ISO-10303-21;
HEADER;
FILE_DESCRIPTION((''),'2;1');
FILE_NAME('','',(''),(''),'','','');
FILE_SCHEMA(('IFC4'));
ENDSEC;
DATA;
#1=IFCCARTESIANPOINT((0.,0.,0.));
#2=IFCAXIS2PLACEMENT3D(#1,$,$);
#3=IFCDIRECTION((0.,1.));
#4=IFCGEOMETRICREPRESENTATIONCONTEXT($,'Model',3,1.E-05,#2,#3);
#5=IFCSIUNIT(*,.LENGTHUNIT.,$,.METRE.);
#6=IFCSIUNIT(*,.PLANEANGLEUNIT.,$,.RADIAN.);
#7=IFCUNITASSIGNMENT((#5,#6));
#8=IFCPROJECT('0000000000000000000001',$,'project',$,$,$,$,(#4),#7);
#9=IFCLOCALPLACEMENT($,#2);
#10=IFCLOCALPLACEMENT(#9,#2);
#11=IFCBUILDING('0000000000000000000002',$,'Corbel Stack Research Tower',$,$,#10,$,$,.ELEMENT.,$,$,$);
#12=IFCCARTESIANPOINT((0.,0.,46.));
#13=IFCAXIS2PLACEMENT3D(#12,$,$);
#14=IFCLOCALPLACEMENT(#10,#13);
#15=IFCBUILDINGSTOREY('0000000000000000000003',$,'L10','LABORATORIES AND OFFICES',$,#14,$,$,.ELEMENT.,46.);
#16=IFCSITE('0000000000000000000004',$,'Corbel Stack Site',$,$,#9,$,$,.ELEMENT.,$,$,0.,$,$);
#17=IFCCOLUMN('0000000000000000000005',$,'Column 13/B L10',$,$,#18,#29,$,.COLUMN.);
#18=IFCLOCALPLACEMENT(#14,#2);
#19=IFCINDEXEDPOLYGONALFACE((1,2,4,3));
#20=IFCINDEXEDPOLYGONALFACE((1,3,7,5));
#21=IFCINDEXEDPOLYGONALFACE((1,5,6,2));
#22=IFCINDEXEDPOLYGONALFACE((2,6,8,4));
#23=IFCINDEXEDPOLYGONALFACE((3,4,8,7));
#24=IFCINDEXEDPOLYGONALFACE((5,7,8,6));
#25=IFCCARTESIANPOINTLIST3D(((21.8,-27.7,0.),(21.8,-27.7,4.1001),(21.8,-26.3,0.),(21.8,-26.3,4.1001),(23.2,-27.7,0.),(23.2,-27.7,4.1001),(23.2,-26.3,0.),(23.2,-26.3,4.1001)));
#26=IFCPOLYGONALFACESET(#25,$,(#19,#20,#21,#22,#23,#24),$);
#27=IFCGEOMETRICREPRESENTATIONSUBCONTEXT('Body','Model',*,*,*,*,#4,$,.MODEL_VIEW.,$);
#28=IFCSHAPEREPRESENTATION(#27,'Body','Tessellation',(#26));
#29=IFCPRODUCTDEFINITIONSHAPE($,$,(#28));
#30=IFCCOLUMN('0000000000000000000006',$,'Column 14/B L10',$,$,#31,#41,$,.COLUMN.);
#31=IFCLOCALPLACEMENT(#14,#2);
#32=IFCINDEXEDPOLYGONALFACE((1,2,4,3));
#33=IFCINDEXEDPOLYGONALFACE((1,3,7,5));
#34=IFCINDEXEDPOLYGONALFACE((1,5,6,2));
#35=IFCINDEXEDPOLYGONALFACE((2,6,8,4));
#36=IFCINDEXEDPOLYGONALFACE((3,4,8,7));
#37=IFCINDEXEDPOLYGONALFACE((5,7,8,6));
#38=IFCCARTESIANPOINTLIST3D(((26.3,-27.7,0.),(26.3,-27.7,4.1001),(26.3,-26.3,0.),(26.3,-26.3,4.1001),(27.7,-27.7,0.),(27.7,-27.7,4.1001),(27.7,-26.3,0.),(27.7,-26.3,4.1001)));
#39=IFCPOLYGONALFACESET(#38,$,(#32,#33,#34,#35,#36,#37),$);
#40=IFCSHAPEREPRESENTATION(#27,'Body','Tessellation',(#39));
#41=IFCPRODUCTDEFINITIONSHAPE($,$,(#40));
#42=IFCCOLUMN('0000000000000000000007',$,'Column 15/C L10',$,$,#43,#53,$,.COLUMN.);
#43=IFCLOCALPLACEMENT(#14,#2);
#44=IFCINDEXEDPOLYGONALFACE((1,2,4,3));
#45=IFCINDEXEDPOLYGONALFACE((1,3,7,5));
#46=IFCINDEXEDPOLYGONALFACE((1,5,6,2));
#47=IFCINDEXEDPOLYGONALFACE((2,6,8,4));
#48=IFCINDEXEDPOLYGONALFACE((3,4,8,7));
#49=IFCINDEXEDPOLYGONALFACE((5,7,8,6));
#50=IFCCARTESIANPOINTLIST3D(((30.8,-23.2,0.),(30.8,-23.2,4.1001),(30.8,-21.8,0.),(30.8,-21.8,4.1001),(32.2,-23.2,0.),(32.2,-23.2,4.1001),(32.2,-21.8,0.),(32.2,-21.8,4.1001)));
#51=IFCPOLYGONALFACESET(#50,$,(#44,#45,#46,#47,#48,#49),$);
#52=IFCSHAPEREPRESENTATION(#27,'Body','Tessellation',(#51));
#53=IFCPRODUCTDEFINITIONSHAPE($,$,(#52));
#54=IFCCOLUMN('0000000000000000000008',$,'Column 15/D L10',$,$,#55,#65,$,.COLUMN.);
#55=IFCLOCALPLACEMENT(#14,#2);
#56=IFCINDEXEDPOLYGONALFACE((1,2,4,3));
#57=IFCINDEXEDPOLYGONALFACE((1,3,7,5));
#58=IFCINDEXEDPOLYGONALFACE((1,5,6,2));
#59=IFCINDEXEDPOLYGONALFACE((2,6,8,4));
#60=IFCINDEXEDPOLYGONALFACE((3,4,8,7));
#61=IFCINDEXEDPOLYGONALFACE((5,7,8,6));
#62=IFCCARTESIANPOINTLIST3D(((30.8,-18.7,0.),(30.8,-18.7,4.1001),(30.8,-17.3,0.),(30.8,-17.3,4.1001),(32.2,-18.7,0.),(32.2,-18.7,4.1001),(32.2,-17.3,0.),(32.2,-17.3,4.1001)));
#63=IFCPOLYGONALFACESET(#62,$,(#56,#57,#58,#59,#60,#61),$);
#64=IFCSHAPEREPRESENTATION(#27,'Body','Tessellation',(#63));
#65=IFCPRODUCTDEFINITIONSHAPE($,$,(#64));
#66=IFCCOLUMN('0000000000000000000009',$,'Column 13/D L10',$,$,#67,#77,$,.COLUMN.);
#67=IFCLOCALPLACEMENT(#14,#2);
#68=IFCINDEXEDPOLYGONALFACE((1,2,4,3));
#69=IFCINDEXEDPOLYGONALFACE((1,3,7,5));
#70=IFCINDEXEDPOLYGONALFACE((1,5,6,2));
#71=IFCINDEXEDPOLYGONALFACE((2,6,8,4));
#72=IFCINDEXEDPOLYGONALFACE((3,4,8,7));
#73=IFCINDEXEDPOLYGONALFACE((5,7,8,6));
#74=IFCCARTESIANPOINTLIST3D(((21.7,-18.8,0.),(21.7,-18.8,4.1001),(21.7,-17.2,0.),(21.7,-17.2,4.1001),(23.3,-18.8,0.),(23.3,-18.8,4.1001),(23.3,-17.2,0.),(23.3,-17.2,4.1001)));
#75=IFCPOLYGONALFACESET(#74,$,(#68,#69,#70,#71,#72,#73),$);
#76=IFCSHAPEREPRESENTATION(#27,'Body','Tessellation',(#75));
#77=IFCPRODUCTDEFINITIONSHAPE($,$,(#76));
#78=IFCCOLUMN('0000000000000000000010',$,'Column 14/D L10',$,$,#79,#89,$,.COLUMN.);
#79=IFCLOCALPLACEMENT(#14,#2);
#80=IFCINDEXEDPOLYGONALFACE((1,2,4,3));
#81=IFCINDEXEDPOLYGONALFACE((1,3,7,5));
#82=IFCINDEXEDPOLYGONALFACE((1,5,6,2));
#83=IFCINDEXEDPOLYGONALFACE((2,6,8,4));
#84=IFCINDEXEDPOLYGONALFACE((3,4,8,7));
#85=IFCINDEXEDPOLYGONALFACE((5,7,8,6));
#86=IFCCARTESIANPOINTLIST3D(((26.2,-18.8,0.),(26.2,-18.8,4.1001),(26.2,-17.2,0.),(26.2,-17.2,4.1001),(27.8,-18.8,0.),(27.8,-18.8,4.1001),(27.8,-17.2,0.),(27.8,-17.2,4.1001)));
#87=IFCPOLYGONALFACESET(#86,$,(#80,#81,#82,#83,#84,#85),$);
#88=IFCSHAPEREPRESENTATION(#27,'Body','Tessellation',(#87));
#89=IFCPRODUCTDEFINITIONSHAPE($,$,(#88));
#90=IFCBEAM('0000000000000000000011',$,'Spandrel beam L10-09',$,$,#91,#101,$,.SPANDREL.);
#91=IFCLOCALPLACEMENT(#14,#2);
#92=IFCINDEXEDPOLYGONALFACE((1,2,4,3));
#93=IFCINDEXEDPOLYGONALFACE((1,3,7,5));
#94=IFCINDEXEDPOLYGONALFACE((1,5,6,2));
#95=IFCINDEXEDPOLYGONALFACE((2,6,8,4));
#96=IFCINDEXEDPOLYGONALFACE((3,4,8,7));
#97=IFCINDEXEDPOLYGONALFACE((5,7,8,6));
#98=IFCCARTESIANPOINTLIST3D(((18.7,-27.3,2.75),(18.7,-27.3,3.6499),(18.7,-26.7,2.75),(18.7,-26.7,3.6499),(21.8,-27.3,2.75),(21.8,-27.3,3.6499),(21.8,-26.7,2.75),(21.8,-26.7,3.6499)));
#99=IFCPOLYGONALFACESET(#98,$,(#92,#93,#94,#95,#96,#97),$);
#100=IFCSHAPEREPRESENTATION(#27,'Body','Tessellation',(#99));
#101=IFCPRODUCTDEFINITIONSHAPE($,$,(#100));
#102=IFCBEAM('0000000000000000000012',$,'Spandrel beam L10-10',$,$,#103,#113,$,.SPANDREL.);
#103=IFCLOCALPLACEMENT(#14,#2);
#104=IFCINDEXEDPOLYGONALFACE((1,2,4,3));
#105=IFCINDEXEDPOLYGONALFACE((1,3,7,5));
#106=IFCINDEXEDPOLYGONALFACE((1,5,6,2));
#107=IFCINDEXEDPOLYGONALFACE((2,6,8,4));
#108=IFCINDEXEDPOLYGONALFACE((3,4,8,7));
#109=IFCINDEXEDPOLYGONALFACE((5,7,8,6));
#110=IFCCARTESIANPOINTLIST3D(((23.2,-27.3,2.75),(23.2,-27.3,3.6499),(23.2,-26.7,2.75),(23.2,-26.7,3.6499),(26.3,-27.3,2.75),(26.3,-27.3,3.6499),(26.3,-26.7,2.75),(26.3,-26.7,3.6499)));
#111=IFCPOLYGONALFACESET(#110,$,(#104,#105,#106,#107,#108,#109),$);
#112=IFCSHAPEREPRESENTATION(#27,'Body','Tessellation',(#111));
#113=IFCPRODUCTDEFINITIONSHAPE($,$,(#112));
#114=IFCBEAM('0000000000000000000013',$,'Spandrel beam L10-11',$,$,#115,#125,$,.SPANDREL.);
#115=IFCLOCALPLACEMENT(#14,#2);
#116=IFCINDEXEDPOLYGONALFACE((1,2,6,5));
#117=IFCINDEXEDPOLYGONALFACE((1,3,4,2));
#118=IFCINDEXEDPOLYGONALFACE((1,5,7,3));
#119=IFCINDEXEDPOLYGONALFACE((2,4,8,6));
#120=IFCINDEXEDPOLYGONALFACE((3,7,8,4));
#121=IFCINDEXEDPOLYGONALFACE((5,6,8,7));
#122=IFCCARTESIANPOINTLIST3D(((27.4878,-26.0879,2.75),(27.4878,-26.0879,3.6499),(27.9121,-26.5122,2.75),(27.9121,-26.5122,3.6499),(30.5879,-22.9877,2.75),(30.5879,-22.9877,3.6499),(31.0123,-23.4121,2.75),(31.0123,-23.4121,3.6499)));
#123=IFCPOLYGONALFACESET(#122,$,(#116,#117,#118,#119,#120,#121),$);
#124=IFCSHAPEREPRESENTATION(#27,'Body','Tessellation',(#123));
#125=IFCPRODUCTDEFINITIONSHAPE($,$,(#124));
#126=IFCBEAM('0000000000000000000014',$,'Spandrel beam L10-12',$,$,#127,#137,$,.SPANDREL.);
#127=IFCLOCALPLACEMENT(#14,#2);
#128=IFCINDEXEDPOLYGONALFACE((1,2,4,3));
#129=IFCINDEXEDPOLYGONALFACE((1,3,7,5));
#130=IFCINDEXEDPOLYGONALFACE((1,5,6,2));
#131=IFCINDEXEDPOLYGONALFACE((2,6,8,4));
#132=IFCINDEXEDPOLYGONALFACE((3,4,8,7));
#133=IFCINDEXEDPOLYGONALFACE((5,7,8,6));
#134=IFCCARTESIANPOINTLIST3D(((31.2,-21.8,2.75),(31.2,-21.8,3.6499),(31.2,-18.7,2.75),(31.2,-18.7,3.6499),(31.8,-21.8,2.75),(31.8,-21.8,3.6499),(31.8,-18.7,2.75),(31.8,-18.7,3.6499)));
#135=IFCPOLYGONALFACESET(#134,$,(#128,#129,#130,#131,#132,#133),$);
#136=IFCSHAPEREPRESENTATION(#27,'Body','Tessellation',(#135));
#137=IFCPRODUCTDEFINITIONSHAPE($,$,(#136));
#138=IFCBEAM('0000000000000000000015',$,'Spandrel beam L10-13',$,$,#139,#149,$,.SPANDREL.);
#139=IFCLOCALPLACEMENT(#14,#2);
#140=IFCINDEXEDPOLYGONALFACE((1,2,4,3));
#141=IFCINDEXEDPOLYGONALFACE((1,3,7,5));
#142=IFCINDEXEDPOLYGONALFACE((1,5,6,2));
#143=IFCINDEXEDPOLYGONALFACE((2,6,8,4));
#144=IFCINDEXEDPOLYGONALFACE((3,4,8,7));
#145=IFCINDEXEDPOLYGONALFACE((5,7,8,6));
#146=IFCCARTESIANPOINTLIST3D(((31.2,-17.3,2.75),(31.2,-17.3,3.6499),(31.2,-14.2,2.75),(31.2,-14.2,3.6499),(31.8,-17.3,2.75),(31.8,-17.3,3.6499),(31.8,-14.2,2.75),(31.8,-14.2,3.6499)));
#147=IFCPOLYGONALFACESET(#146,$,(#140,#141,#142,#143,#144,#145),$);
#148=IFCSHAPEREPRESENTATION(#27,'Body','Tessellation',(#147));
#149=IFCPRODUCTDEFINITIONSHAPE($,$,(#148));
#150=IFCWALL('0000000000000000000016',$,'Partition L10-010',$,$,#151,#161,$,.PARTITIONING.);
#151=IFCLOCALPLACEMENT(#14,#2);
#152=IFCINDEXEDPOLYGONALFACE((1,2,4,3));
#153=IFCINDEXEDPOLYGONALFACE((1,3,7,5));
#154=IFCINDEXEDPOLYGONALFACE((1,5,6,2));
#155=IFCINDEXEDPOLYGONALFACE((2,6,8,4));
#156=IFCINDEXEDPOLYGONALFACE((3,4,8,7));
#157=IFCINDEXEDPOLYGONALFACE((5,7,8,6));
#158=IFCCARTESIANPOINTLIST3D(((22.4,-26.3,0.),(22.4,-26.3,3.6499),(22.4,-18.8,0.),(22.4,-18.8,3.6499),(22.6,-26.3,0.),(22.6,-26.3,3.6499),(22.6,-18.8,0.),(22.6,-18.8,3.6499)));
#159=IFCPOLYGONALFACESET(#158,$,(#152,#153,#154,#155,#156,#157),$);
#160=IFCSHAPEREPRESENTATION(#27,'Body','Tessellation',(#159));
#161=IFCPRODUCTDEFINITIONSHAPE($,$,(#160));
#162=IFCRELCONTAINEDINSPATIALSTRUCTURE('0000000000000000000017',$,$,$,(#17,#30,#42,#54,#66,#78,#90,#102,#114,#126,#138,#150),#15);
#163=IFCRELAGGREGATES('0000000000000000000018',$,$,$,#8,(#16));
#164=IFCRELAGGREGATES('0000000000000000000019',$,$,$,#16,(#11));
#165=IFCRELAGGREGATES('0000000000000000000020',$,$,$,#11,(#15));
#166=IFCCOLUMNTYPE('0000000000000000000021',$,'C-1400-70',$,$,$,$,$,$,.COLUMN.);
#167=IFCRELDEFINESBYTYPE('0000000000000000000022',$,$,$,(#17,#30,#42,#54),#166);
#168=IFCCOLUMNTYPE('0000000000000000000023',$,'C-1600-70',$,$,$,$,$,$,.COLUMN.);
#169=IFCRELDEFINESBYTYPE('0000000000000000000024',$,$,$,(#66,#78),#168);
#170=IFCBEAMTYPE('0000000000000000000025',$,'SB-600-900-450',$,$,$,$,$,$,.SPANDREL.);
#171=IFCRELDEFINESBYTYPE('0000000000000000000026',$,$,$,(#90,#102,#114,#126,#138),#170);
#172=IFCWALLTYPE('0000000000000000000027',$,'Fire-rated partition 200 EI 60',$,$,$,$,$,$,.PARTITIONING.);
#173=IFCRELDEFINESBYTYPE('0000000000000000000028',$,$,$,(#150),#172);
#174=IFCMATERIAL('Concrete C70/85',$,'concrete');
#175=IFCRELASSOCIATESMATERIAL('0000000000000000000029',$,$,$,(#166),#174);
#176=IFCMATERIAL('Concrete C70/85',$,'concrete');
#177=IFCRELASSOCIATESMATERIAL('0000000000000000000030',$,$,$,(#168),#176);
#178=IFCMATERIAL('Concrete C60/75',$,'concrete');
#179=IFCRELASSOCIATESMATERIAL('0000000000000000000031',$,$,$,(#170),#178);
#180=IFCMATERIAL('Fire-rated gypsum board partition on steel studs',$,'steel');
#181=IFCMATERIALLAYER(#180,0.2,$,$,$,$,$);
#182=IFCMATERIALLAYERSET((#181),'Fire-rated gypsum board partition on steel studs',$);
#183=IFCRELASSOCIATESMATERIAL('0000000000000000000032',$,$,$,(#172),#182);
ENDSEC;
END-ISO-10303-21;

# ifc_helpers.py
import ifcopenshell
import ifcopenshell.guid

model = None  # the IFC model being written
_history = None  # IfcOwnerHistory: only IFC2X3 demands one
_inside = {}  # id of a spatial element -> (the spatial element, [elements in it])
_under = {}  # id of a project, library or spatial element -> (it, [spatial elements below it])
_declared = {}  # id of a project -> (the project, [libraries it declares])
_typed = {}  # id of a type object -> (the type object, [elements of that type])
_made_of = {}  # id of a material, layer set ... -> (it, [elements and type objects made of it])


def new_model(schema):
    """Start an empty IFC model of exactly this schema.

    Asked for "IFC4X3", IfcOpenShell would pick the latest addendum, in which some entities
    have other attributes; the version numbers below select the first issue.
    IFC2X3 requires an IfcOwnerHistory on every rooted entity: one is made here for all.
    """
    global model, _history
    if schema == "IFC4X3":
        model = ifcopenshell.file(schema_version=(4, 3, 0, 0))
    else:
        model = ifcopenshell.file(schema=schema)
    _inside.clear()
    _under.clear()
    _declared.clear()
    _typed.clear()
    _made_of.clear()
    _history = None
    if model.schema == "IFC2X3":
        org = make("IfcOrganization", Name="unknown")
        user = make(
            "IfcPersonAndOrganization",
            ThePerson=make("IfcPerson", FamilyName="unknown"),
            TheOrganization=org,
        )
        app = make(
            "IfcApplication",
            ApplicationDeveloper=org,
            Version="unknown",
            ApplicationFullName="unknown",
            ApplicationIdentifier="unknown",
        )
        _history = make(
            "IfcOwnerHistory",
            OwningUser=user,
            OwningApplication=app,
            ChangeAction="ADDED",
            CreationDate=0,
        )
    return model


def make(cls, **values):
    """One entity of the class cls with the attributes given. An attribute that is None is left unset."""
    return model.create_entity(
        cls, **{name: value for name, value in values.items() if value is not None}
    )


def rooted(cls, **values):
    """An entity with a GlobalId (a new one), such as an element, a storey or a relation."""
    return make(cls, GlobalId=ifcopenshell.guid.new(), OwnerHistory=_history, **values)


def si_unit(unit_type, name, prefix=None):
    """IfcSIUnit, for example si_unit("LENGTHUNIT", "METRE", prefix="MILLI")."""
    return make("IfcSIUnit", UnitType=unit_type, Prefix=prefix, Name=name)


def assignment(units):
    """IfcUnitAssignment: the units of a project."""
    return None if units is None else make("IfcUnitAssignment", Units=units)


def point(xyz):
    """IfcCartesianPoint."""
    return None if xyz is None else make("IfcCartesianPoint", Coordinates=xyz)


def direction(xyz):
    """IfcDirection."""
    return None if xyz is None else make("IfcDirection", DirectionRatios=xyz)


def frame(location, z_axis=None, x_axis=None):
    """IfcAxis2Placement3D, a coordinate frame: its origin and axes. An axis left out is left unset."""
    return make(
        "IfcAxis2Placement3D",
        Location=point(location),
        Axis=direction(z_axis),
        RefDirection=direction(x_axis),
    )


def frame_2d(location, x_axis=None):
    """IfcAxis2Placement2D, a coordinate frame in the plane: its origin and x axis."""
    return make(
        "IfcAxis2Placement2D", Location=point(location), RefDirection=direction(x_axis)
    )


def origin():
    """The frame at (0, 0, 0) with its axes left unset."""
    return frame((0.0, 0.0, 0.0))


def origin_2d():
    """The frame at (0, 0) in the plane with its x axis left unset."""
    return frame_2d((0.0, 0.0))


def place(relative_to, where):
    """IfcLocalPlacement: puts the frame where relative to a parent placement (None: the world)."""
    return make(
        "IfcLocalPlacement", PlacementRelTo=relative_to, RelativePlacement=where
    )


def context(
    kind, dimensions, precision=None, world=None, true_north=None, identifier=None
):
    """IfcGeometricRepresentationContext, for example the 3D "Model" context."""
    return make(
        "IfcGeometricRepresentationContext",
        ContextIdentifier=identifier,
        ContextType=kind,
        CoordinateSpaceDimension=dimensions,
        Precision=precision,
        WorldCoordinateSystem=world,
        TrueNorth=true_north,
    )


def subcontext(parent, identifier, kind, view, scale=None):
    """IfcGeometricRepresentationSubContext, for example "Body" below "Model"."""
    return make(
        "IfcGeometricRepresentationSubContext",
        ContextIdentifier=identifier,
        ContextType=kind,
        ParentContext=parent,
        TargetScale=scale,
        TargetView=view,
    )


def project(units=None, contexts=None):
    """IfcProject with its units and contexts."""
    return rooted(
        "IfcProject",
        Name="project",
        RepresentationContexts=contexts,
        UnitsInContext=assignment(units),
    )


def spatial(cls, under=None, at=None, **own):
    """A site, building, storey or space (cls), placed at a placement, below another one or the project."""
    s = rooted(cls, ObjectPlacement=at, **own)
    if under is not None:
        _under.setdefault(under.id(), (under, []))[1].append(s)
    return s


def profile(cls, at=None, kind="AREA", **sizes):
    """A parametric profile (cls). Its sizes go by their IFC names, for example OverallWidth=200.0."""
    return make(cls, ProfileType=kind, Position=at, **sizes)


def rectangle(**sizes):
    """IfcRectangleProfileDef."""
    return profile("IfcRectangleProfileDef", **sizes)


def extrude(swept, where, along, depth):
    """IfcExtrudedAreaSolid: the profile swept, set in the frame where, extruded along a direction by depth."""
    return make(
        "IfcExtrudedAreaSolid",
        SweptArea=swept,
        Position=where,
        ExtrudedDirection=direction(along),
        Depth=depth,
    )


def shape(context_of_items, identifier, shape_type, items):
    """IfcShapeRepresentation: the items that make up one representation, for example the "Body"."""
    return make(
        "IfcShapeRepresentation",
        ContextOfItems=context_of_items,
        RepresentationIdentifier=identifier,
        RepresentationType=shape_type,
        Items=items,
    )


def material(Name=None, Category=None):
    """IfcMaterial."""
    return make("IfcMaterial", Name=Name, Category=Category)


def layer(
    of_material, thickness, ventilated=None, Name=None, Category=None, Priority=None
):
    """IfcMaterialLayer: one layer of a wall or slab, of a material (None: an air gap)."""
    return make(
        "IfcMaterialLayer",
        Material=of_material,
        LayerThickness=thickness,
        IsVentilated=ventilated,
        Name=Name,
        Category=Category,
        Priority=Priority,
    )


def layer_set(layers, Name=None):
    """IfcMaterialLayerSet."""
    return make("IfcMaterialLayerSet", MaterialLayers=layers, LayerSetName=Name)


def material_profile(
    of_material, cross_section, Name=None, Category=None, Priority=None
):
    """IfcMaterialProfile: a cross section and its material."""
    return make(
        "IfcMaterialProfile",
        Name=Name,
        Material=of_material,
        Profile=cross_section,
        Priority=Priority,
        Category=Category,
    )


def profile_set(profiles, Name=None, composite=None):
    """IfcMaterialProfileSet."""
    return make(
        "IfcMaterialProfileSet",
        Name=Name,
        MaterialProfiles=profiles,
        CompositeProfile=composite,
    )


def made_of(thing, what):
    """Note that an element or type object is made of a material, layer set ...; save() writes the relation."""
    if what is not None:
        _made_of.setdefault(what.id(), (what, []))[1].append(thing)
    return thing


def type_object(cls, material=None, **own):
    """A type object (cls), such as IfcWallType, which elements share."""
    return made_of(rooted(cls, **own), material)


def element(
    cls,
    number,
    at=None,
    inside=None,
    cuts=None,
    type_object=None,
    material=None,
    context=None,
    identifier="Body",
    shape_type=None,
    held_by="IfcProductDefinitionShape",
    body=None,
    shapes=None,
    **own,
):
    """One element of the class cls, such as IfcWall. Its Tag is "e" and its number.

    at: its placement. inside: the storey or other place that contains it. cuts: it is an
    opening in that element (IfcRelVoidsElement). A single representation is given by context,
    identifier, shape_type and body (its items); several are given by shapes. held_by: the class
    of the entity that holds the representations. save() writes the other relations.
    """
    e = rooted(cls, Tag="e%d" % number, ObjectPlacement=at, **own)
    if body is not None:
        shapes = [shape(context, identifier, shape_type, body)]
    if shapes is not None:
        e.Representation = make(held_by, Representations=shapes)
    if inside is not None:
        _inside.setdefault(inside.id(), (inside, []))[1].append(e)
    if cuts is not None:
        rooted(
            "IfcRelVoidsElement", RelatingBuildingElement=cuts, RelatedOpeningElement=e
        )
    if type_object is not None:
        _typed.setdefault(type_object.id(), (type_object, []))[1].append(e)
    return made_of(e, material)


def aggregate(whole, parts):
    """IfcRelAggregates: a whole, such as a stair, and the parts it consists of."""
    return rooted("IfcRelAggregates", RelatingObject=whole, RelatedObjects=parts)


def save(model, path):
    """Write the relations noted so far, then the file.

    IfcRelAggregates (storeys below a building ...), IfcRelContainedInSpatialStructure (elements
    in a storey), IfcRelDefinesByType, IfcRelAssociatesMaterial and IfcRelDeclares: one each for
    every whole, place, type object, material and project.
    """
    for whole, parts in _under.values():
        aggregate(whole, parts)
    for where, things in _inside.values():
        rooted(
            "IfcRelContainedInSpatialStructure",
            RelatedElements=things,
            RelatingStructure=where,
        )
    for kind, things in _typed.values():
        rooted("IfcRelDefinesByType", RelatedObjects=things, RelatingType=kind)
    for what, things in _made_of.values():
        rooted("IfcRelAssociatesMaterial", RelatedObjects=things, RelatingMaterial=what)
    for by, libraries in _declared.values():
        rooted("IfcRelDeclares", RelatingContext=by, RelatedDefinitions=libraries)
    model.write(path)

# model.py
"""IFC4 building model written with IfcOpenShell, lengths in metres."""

from ifc_helpers import new_model, si_unit, direction, frame, frame_2d, origin, origin_2d, place, context, subcontext, project, spatial, rectangle, extrude, material, layer, layer_set, material_profile, profile_set, type_object, element, save


model = new_model("IFC4")

# Units and contexts
model_context = context("Model", 3, precision=1e-05, world=origin(), true_north=direction((0.0, 1.0)))
body_context = subcontext(model_context, "Body", "Model", "MODEL_VIEW")
ifc_project = project(units=[si_unit("LENGTHUNIT", "METRE"), si_unit("PLANEANGLEUNIT", "RADIAN")], contexts=[model_context])

# Site, building, storey
site_placement = place(None, origin())
site = spatial("IfcSite", under=ifc_project, at=site_placement, Name="Corbel Stack Site", CompositionType="ELEMENT", RefElevation=0.0)
building_placement = place(site_placement, origin())
building = spatial("IfcBuilding", under=site, at=building_placement, Name="Corbel Stack Research Tower", CompositionType="ELEMENT")
storey_placement = place(building_placement, frame((0.0, 0.0, 46.0)))
storey = spatial("IfcBuildingStorey", under=building, at=storey_placement, Name="L10", Description="LABORATORIES AND OFFICES", CompositionType="ELEMENT", Elevation=46.0)

# Columns
ifc_material_1 = material(Name="Concrete C70/85", Category="concrete")
ifc_material_profile_1 = material_profile(ifc_material_1, rectangle(XDim=1.3999, YDim=1.3999, at=origin_2d()), Name="RC 1400 x 1400")
ifc_profile_set_1 = profile_set([ifc_material_profile_1], Name="Concrete C70/85")
column_type_1 = type_object("IfcColumnType", Name="C-1400-70", PredefinedType="COLUMN", material=ifc_profile_set_1)
for number, where, z_axis, x_axis, name in (
    (1, (22.5, -27.0, 0.0), (0.0, 0.0, 1.0), (1.0, 0.0, 0.0), "Column 13/B L10"),
    (2, (27.0, -27.0, 0.0), (0.0, 0.0, 1.0), (1.0, 0.0, 0.0), "Column 14/B L10"),
    (3, (31.5, -22.5, 0.0), (0.0, 0.0, 1.0), (1.0, 0.0, 0.0), "Column 15/C L10"),
    (4, (31.5, -18.0, 0.0), (0.0, 0.0, 1.0), (1.0, 0.0, 0.0), "Column 15/D L10"),
):
    element("IfcColumn", number, at=place(storey_placement, frame(where, z_axis=z_axis, x_axis=x_axis)), inside=storey, type_object=column_type_1, Name=name, PredefinedType="COLUMN", context=body_context, shape_type="SweptSolid", body=[
        extrude(rectangle(XDim=1.3999, YDim=1.3999, at=origin_2d()), origin(), (0.0, 0.0, 1.0), 4.1001),
    ])
ifc_material_2 = material(Name="Concrete C70/85", Category="concrete")
ifc_material_profile_2 = material_profile(ifc_material_2, rectangle(XDim=1.6001, YDim=1.6001, at=origin_2d()), Name="RC 1600 x 1600")
ifc_profile_set_2 = profile_set([ifc_material_profile_2], Name="Concrete C70/85")
column_type_2 = type_object("IfcColumnType", Name="C-1600-70", PredefinedType="COLUMN", material=ifc_profile_set_2)
for number, where, z_axis, x_axis, name in (
    (5, (22.5, -18.0, 0.0), (0.0, 0.0, 1.0), (1.0, 0.0, 0.0), "Column 13/D L10"),
    (6, (27.0, -18.0, 0.0), (0.0, 0.0, 1.0), (1.0, 0.0, 0.0), "Column 14/D L10"),
):
    element("IfcColumn", number, at=place(storey_placement, frame(where, z_axis=z_axis, x_axis=x_axis)), inside=storey, type_object=column_type_2, Name=name, PredefinedType="COLUMN", context=body_context, shape_type="SweptSolid", body=[
        extrude(rectangle(XDim=1.6001, YDim=1.6001, at=origin_2d()), origin(), (0.0, 0.0, 1.0), 4.1001),
    ])

# Beams
ifc_material_3 = material(Name="Concrete C60/75", Category="concrete")
ifc_material_profile_3 = material_profile(ifc_material_3, rectangle(XDim=0.6001, YDim=0.8999, at=origin_2d()), Name="RC 600 x 900")
ifc_profile_set_3 = profile_set([ifc_material_profile_3], Name="Concrete C60/75")
beam_type = type_object("IfcBeamType", Name="SB-600-900-450", PredefinedType="SPANDREL", material=ifc_profile_set_3)
for number, where, z_axis, x_axis, name in (
    (7, (18.7, -27.0, 3.2), (1.0, 0.0, 0.0), (0.0, 1.0, 0.0), "Spandrel beam L10-09"),
    (8, (23.2, -27.0, 3.2), (1.0, 0.0, 0.0), (0.0, 1.0, 0.0), "Spandrel beam L10-10"),
):
    element("IfcBeam", number, at=place(storey_placement, frame(where, z_axis=z_axis, x_axis=x_axis)), inside=storey, type_object=beam_type, Name=name, PredefinedType="SPANDREL", context=body_context, shape_type="SweptSolid", body=[
        extrude(rectangle(XDim=0.6001, YDim=0.8999, at=origin_2d()), origin(), (0.0, 0.0, 1.0), 3.1001),
    ])
beam_placement = place(storey_placement, frame((27.7, -26.3, 3.2), z_axis=(0.707107, 0.707107, 0.0), x_axis=(-0.707107, 0.707107, 0.0)))
element("IfcBeam", 9, at=beam_placement, inside=storey, type_object=beam_type, Name="Spandrel beam L10-11", PredefinedType="SPANDREL", context=body_context, shape_type="SweptSolid", body=[
    extrude(rectangle(XDim=0.6001, YDim=0.8999, at=origin_2d()), origin(), (0.0, 0.0, 1.0), 4.3843),
])
for number, where, z_axis, x_axis, name in (
    (10, (31.5, -21.8, 3.2), (0.0, 1.0, 0.0), (-1.0, 0.0, 0.0), "Spandrel beam L10-12"),
    (11, (31.5, -17.3, 3.2), (0.0, 1.0, 0.0), (-1.0, 0.0, 0.0), "Spandrel beam L10-13"),
):
    element("IfcBeam", number, at=place(storey_placement, frame(where, z_axis=z_axis, x_axis=x_axis)), inside=storey, type_object=beam_type, Name=name, PredefinedType="SPANDREL", context=body_context, shape_type="SweptSolid", body=[
        extrude(rectangle(XDim=0.6001, YDim=0.8999, at=origin_2d()), origin(), (0.0, 0.0, 1.0), 3.1001),
    ])

# Wall
ifc_material_4 = material(Name="Fire-rated gypsum board partition on steel studs", Category="steel")
ifc_layer_1 = layer(ifc_material_4, 0.2)
ifc_layer_set_1 = layer_set([ifc_layer_1], Name="Fire-rated gypsum board partition on steel studs")
wall_type_1 = type_object("IfcWallType", Name="Fire-rated partition 200 EI 60", PredefinedType="PARTITIONING", material=ifc_layer_set_1)
wall_1_placement = place(storey_placement, frame((22.5, -26.3, 0.0), z_axis=(0.0, 0.0, 1.0), x_axis=(0.0, 1.0, 0.0)))
element("IfcWall", 12, at=wall_1_placement, inside=storey, type_object=wall_type_1, Name="Partition L10-010", PredefinedType="PARTITIONING", context=body_context, shape_type="SweptSolid", body=[
    extrude(rectangle(XDim=7.5, YDim=0.2, at=frame_2d((3.75, 0.0))), origin(), (0.0, 0.0, 1.0), 3.6499),
])

save(model, "model.ifc")
